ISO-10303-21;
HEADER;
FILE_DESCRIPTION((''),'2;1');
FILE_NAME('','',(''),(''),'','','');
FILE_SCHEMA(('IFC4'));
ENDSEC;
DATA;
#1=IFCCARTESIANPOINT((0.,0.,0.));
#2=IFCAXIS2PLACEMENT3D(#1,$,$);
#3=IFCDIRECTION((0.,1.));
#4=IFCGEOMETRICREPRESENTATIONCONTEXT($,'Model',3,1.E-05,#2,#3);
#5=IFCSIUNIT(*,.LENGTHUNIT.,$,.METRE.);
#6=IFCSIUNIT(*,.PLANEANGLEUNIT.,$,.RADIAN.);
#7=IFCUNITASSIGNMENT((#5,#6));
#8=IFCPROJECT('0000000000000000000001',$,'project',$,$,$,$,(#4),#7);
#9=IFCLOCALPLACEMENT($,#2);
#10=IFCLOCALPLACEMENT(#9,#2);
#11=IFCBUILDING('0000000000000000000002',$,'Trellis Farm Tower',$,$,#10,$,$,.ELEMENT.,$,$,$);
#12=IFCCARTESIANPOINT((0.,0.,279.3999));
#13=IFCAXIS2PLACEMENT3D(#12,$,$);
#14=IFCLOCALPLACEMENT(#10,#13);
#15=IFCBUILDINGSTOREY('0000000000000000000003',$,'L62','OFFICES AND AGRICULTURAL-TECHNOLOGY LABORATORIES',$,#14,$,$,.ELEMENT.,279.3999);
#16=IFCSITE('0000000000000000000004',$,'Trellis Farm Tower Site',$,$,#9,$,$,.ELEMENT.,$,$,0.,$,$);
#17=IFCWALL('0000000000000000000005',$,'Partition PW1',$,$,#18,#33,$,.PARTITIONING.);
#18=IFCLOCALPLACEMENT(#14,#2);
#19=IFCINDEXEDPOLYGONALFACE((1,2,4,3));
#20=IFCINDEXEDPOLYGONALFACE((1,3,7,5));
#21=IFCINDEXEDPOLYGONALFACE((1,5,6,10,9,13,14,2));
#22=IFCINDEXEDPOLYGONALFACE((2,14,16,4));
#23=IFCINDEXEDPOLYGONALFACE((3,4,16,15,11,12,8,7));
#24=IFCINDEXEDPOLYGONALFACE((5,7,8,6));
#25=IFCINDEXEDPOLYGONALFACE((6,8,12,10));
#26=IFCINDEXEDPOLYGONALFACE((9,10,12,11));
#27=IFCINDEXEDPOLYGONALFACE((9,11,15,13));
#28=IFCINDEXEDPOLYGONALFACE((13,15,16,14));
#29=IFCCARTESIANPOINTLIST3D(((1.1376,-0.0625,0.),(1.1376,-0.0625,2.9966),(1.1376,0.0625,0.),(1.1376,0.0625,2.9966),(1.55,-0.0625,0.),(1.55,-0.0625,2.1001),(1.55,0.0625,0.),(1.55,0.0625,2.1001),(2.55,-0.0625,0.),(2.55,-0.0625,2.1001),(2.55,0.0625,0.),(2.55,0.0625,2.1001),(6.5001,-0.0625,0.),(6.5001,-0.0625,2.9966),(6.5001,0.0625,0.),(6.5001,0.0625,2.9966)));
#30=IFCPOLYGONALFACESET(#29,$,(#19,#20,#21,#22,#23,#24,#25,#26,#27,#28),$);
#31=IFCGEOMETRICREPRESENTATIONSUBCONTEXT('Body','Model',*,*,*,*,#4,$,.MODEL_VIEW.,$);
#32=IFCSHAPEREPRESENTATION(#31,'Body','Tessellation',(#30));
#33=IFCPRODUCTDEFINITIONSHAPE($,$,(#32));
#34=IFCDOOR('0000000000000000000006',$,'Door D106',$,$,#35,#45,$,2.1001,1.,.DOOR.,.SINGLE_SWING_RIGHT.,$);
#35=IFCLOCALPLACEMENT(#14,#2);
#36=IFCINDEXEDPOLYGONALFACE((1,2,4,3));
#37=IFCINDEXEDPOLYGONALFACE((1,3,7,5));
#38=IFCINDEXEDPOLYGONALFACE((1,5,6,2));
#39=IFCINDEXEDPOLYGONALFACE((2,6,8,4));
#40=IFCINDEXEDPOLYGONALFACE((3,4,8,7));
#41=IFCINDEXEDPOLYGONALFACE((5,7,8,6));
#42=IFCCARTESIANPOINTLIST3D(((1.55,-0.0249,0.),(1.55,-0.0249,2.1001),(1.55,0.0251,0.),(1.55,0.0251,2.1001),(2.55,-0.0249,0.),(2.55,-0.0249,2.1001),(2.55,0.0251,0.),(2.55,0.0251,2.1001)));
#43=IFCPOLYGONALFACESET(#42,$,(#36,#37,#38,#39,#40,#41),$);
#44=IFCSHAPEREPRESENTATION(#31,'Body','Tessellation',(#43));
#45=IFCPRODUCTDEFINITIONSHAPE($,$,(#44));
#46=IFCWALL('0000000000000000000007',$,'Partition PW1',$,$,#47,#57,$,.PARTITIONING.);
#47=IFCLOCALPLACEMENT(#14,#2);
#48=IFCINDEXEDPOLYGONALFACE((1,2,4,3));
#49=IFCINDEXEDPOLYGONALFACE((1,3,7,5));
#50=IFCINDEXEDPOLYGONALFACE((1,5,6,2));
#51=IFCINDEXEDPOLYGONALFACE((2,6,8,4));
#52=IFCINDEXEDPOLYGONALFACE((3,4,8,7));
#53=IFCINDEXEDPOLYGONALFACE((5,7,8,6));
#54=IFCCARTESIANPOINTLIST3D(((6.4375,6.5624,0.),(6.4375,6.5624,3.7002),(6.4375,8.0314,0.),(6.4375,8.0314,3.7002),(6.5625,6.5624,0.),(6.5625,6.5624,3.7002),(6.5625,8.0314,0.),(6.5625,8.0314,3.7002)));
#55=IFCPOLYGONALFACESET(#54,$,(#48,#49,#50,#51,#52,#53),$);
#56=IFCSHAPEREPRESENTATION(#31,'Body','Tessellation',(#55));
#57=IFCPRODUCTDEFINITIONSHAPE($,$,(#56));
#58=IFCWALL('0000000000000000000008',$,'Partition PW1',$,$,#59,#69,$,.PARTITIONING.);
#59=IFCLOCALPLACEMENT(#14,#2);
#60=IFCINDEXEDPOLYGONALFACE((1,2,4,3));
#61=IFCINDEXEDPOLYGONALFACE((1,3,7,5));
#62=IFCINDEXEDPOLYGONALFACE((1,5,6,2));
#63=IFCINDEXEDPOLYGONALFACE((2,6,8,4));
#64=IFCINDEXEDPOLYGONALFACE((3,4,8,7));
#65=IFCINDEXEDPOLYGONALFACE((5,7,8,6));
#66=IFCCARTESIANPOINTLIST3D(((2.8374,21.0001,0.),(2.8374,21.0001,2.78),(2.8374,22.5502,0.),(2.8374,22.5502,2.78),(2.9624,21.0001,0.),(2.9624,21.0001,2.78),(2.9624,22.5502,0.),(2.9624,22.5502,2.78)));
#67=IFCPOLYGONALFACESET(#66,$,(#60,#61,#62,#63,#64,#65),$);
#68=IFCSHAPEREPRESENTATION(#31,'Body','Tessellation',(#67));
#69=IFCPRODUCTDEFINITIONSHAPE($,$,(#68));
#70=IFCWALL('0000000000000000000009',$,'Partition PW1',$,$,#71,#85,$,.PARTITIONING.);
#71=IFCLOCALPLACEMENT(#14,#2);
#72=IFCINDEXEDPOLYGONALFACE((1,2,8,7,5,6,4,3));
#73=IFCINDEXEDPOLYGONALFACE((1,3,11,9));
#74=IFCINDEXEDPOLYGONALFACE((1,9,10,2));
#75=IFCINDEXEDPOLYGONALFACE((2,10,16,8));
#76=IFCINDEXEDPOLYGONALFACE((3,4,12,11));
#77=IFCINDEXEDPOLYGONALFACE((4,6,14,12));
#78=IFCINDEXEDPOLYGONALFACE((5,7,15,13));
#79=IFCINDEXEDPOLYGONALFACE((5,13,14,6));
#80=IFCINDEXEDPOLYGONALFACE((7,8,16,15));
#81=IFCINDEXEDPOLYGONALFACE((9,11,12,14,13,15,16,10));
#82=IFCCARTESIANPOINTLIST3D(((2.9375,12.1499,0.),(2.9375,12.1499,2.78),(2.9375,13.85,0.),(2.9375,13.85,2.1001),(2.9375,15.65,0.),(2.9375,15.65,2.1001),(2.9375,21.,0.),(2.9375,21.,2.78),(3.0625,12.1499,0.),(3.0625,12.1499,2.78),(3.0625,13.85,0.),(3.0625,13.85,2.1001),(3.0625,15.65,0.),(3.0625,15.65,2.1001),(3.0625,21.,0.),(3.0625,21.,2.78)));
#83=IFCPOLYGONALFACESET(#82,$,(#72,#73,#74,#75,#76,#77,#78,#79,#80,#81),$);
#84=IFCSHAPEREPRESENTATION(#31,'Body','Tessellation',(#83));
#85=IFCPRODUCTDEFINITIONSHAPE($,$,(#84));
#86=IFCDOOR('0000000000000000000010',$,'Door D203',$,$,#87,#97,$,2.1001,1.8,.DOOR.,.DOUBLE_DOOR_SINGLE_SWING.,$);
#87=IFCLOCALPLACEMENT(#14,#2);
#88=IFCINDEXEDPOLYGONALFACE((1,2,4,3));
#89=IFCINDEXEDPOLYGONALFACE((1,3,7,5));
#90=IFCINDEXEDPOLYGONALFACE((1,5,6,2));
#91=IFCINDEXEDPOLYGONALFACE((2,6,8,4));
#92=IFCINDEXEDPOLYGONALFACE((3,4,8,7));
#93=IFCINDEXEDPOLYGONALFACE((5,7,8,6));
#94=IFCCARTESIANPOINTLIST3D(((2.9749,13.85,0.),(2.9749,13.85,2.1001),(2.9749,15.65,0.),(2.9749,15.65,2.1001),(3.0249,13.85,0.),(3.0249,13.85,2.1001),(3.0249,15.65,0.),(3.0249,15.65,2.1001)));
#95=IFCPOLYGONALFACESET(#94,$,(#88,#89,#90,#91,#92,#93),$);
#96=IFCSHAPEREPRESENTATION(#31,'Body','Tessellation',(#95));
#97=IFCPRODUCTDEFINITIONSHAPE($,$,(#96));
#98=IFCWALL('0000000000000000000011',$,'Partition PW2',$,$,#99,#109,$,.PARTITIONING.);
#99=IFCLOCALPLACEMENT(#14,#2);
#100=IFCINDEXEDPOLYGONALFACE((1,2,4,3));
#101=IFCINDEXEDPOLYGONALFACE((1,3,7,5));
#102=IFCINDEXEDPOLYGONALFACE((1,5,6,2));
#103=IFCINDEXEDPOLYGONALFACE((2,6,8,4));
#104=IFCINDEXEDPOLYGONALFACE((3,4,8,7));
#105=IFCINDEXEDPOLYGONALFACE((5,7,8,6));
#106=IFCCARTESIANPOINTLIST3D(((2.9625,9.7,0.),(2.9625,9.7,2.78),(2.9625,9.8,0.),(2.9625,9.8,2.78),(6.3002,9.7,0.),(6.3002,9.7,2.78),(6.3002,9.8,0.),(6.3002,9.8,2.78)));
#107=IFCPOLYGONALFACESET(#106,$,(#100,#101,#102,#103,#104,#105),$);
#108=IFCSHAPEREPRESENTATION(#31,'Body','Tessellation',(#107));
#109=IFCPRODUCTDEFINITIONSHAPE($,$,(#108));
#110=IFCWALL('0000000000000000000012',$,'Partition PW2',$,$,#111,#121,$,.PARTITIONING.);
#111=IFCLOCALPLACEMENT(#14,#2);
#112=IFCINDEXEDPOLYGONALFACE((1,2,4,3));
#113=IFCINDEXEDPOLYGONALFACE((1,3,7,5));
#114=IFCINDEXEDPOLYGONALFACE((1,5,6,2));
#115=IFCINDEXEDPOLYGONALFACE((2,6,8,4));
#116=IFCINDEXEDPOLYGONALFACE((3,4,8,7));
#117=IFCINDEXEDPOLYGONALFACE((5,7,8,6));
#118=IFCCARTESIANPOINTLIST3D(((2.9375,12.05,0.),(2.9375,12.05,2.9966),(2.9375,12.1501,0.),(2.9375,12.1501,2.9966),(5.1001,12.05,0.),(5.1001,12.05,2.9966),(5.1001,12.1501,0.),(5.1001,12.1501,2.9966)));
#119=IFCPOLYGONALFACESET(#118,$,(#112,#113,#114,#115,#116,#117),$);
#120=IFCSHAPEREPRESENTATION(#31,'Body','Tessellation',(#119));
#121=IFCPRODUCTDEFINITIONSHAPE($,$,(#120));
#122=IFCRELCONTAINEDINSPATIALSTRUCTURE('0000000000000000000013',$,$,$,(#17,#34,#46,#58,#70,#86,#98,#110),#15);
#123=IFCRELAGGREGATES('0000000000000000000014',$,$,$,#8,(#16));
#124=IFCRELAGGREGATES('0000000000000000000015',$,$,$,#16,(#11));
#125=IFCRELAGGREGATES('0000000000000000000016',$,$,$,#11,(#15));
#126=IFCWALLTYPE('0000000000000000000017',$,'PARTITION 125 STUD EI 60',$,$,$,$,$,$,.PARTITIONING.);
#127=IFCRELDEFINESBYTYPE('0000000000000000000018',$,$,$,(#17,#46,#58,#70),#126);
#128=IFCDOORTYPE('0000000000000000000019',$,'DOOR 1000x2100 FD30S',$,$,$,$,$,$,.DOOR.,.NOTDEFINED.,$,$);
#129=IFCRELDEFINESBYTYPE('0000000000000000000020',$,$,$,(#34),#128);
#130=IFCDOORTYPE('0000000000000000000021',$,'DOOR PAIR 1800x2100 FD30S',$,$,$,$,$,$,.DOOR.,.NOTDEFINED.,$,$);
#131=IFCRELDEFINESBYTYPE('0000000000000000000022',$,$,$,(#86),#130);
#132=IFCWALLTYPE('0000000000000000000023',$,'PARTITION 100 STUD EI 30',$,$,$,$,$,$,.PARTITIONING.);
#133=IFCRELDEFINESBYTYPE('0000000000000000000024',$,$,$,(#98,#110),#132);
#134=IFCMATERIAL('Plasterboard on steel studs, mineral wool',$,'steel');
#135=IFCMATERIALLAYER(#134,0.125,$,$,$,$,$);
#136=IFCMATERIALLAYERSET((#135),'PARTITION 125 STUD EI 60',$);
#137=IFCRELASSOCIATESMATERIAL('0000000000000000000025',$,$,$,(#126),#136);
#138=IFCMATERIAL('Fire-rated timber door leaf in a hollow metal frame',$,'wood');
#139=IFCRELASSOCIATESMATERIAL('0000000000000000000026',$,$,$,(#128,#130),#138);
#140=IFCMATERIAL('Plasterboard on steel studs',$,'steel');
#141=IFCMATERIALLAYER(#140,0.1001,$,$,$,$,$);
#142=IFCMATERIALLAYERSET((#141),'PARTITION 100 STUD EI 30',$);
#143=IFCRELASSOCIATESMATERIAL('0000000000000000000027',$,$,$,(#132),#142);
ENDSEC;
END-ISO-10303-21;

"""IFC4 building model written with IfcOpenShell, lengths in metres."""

from ifc_helpers import new_model, si_unit, direction, frame, frame_2d, origin, place, context, subcontext, project, spatial, rectangle, extrude, source, transform, mapped, material, layer, layer_set, type_object, element, fill, save


model = new_model("IFC4")

# Units and contexts
model_context = context("Model", 3, precision=1e-05, world=origin(), true_north=direction((0.0, 1.0)))
body_context = subcontext(model_context, "Body", "Model", "MODEL_VIEW")
ifc_project = project(units=[si_unit("LENGTHUNIT", "METRE"), si_unit("PLANEANGLEUNIT", "RADIAN")], contexts=[model_context])

# Site, building, storey
site_placement = place(None, origin())
site = spatial("IfcSite", under=ifc_project, at=site_placement, Name="Trellis Farm Tower Site", CompositionType="ELEMENT", RefElevation=0.0)
building_placement = place(site_placement, origin())
building = spatial("IfcBuilding", under=site, at=building_placement, Name="Trellis Farm Tower", CompositionType="ELEMENT")
storey_placement = place(building_placement, frame((0.0, 0.0, 279.3999)))
storey = spatial("IfcBuildingStorey", under=building, at=storey_placement, Name="L62", Description="OFFICES AND AGRICULTURAL-TECHNOLOGY LABORATORIES", CompositionType="ELEMENT", Elevation=279.3999)

# Wall, opening, door
ifc_material_1 = material(Name="Plasterboard on steel studs, mineral wool", Category="steel")
ifc_layer_1 = layer(ifc_material_1, 0.125)
ifc_layer_set_1 = layer_set([ifc_layer_1], Name="PARTITION 125 STUD EI 60")
wall_type_1 = type_object("IfcWallType", Name="PARTITION 125 STUD EI 60", PredefinedType="PARTITIONING", material=ifc_layer_set_1)
shared_shape_1 = source(origin(), body_context, "Body", "SweptSolid", [
    extrude(rectangle(XDim=5.3625, YDim=0.125, at=frame_2d((2.6812, 0.0))), origin(), (0.0, 0.0, 1.0), 2.9966),
])
wall_1_placement = place(storey_placement, frame((6.5, 0.0, 0.0), z_axis=(0.0, 0.0, 1.0), x_axis=(-1.0, 0.0, 0.0)))
wall_1 = element("IfcWall", 1, at=wall_1_placement, inside=storey, type_object=wall_type_1, Name="Partition PW1", PredefinedType="PARTITIONING", context=body_context, shape_type="MappedRepresentation", body=[
    mapped(shared_shape_1, transform((0.0, 0.0, 0.0))),
])
shared_shape_2 = source(origin(), body_context, "Body", "SweptSolid", [
    extrude(rectangle(XDim=1.0, YDim=2.1001, at=frame_2d((0.5, 1.05))), frame((0.0, 0.0725, 0.0), z_axis=(0.0, -1.0, 0.0), x_axis=(1.0, 0.0, 0.0)), (0.0, 0.0, 1.0), 0.145),
])
opening_1_placement = place(wall_1_placement, frame((3.95, 0.0, 0.0)))
opening_1 = element("IfcOpeningElement", 2, at=opening_1_placement, cuts=wall_1, PredefinedType="OPENING", context=body_context, shape_type="MappedRepresentation", body=[
    mapped(shared_shape_2, transform((0.0, 0.0, 0.0))),
])
ifc_material_2 = material(Name="Fire-rated timber door leaf in a hollow metal frame", Category="wood")
door_type_1 = type_object("IfcDoorType", Name="DOOR 1000x2100 FD30S", OperationType="NOTDEFINED", PredefinedType="DOOR", material=ifc_material_2)
shared_shape_3 = source(origin(), body_context, "Body", "SweptSolid", [
    extrude(rectangle(XDim=1.0, YDim=2.1001, at=frame_2d((0.5, 1.05))), frame((0.0, 0.0249, 0.0), z_axis=(0.0, -1.0, 0.0), x_axis=(1.0, 0.0, 0.0)), (0.0, 0.0, 1.0), 0.05),
])
door_1_placement = place(opening_1_placement, origin())
door_1 = element("IfcDoor", 3, at=door_1_placement, inside=storey, type_object=door_type_1, Name="Door D106", OperationType="SINGLE_SWING_RIGHT", OverallHeight=2.1001, OverallWidth=1.0, PredefinedType="DOOR", context=body_context, shape_type="MappedRepresentation", body=[
    mapped(shared_shape_3, transform((0.0, 0.0, 0.0))),
])
fill(opening_1, door_1)

# Walls
shared_shape_4 = source(origin(), body_context, "Body", "SweptSolid", [
    extrude(rectangle(XDim=1.469, YDim=0.125, at=frame_2d((0.7344, 0.0))), origin(), (0.0, 0.0, 1.0), 3.7002),
])
wall_2_placement = place(storey_placement, frame((6.5, 6.5625, 0.0), z_axis=(0.0, 0.0, 1.0), x_axis=(0.0, 1.0, 0.0)))
element("IfcWall", 4, at=wall_2_placement, inside=storey, type_object=wall_type_1, Name="Partition PW1", PredefinedType="PARTITIONING", context=body_context, shape_type="MappedRepresentation", body=[
    mapped(shared_shape_4, transform((0.0, 0.0, 0.0))),
])
shared_shape_5 = source(origin(), body_context, "Body", "SweptSolid", [
    extrude(rectangle(XDim=1.55, YDim=0.125, at=frame_2d((0.7749, 0.0))), origin(), (0.0, 0.0, 1.0), 2.78),
])
wall_3_placement = place(storey_placement, frame((2.8999, 22.55, 0.0), z_axis=(0.0, 0.0, 1.0), x_axis=(0.0, -1.0, 0.0)))
element("IfcWall", 5, at=wall_3_placement, inside=storey, type_object=wall_type_1, Name="Partition PW1", PredefinedType="PARTITIONING", context=body_context, shape_type="MappedRepresentation", body=[
    mapped(shared_shape_5, transform((0.0, 0.0, 0.0))),
])

# Wall, opening, door
shared_shape_6 = source(origin(), body_context, "Body", "SweptSolid", [
    extrude(rectangle(XDim=8.8501, YDim=0.125, at=frame_2d((4.425, 0.0))), origin(), (0.0, 0.0, 1.0), 2.78),
])
wall_4_placement = place(storey_placement, frame((3.0, 21.0, 0.0), z_axis=(0.0, 0.0, 1.0), x_axis=(0.0, -1.0, 0.0)))
wall_4 = element("IfcWall", 6, at=wall_4_placement, inside=storey, type_object=wall_type_1, Name="Partition PW1", PredefinedType="PARTITIONING", context=body_context, shape_type="MappedRepresentation", body=[
    mapped(shared_shape_6, transform((0.0, 0.0, 0.0))),
])
shared_shape_7 = source(origin(), body_context, "Body", "SweptSolid", [
    extrude(rectangle(XDim=1.8, YDim=2.1001, at=frame_2d((0.8999, 1.05))), frame((0.0, 0.0725, 0.0), z_axis=(0.0, -1.0, 0.0), x_axis=(1.0, 0.0, 0.0)), (0.0, 0.0, 1.0), 0.145),
])
opening_2_placement = place(wall_4_placement, frame((5.3501, 0.0, 0.0)))
opening_2 = element("IfcOpeningElement", 7, at=opening_2_placement, cuts=wall_4, PredefinedType="OPENING", context=body_context, shape_type="MappedRepresentation", body=[
    mapped(shared_shape_7, transform((0.0, 0.0, 0.0))),
])
door_type_2 = type_object("IfcDoorType", Name="DOOR PAIR 1800x2100 FD30S", OperationType="NOTDEFINED", PredefinedType="DOOR", material=ifc_material_2)
shared_shape_8 = source(origin(), body_context, "Body", "SweptSolid", [
    extrude(rectangle(XDim=1.8, YDim=2.1001, at=frame_2d((0.8999, 1.05))), frame((0.0, 0.0249, 0.0), z_axis=(0.0, -1.0, 0.0), x_axis=(1.0, 0.0, 0.0)), (0.0, 0.0, 1.0), 0.05),
])
door_2_placement = place(opening_2_placement, origin())
door_2 = element("IfcDoor", 8, at=door_2_placement, inside=storey, type_object=door_type_2, Name="Door D203", OperationType="DOUBLE_DOOR_SINGLE_SWING", OverallHeight=2.1001, OverallWidth=1.8, PredefinedType="DOOR", context=body_context, shape_type="MappedRepresentation", body=[
    mapped(shared_shape_8, transform((0.0, 0.0, 0.0))),
])
fill(opening_2, door_2)

# Walls
ifc_material_3 = material(Name="Plasterboard on steel studs", Category="steel")
ifc_layer_2 = layer(ifc_material_3, 0.1001)
ifc_layer_set_2 = layer_set([ifc_layer_2], Name="PARTITION 100 STUD EI 30")
wall_type_2 = type_object("IfcWallType", Name="PARTITION 100 STUD EI 30", PredefinedType="PARTITIONING", material=ifc_layer_set_2)
shared_shape_9 = source(origin(), body_context, "Body", "SweptSolid", [
    extrude(rectangle(XDim=3.3376, YDim=0.1001, at=frame_2d((1.6689, 0.0))), origin(), (0.0, 0.0, 1.0), 2.78),
])
wall_5_placement = place(storey_placement, frame((2.9624, 9.75, 0.0), z_axis=(0.0, 0.0, 1.0), x_axis=(1.0, 0.0, 0.0)))
element("IfcWall", 9, at=wall_5_placement, inside=storey, type_object=wall_type_2, Name="Partition PW2", PredefinedType="PARTITIONING", context=body_context, shape_type="MappedRepresentation", body=[
    mapped(shared_shape_9, transform((0.0, 0.0, 0.0))),
])
shared_shape_10 = source(origin(), body_context, "Body", "SweptSolid", [
    extrude(rectangle(XDim=2.1626, YDim=0.1001, at=frame_2d((1.0813, 0.0))), origin(), (0.0, 0.0, 1.0), 2.9966),
])
wall_6_placement = place(storey_placement, frame((2.9375, 12.1001, 0.0), z_axis=(0.0, 0.0, 1.0), x_axis=(1.0, 0.0, 0.0)))
element("IfcWall", 10, at=wall_6_placement, inside=storey, type_object=wall_type_2, Name="Partition PW2", PredefinedType="PARTITIONING", context=body_context, shape_type="MappedRepresentation", body=[
    mapped(shared_shape_10, transform((0.0, 0.0, 0.0))),
])

save(model, "model.ifc")
